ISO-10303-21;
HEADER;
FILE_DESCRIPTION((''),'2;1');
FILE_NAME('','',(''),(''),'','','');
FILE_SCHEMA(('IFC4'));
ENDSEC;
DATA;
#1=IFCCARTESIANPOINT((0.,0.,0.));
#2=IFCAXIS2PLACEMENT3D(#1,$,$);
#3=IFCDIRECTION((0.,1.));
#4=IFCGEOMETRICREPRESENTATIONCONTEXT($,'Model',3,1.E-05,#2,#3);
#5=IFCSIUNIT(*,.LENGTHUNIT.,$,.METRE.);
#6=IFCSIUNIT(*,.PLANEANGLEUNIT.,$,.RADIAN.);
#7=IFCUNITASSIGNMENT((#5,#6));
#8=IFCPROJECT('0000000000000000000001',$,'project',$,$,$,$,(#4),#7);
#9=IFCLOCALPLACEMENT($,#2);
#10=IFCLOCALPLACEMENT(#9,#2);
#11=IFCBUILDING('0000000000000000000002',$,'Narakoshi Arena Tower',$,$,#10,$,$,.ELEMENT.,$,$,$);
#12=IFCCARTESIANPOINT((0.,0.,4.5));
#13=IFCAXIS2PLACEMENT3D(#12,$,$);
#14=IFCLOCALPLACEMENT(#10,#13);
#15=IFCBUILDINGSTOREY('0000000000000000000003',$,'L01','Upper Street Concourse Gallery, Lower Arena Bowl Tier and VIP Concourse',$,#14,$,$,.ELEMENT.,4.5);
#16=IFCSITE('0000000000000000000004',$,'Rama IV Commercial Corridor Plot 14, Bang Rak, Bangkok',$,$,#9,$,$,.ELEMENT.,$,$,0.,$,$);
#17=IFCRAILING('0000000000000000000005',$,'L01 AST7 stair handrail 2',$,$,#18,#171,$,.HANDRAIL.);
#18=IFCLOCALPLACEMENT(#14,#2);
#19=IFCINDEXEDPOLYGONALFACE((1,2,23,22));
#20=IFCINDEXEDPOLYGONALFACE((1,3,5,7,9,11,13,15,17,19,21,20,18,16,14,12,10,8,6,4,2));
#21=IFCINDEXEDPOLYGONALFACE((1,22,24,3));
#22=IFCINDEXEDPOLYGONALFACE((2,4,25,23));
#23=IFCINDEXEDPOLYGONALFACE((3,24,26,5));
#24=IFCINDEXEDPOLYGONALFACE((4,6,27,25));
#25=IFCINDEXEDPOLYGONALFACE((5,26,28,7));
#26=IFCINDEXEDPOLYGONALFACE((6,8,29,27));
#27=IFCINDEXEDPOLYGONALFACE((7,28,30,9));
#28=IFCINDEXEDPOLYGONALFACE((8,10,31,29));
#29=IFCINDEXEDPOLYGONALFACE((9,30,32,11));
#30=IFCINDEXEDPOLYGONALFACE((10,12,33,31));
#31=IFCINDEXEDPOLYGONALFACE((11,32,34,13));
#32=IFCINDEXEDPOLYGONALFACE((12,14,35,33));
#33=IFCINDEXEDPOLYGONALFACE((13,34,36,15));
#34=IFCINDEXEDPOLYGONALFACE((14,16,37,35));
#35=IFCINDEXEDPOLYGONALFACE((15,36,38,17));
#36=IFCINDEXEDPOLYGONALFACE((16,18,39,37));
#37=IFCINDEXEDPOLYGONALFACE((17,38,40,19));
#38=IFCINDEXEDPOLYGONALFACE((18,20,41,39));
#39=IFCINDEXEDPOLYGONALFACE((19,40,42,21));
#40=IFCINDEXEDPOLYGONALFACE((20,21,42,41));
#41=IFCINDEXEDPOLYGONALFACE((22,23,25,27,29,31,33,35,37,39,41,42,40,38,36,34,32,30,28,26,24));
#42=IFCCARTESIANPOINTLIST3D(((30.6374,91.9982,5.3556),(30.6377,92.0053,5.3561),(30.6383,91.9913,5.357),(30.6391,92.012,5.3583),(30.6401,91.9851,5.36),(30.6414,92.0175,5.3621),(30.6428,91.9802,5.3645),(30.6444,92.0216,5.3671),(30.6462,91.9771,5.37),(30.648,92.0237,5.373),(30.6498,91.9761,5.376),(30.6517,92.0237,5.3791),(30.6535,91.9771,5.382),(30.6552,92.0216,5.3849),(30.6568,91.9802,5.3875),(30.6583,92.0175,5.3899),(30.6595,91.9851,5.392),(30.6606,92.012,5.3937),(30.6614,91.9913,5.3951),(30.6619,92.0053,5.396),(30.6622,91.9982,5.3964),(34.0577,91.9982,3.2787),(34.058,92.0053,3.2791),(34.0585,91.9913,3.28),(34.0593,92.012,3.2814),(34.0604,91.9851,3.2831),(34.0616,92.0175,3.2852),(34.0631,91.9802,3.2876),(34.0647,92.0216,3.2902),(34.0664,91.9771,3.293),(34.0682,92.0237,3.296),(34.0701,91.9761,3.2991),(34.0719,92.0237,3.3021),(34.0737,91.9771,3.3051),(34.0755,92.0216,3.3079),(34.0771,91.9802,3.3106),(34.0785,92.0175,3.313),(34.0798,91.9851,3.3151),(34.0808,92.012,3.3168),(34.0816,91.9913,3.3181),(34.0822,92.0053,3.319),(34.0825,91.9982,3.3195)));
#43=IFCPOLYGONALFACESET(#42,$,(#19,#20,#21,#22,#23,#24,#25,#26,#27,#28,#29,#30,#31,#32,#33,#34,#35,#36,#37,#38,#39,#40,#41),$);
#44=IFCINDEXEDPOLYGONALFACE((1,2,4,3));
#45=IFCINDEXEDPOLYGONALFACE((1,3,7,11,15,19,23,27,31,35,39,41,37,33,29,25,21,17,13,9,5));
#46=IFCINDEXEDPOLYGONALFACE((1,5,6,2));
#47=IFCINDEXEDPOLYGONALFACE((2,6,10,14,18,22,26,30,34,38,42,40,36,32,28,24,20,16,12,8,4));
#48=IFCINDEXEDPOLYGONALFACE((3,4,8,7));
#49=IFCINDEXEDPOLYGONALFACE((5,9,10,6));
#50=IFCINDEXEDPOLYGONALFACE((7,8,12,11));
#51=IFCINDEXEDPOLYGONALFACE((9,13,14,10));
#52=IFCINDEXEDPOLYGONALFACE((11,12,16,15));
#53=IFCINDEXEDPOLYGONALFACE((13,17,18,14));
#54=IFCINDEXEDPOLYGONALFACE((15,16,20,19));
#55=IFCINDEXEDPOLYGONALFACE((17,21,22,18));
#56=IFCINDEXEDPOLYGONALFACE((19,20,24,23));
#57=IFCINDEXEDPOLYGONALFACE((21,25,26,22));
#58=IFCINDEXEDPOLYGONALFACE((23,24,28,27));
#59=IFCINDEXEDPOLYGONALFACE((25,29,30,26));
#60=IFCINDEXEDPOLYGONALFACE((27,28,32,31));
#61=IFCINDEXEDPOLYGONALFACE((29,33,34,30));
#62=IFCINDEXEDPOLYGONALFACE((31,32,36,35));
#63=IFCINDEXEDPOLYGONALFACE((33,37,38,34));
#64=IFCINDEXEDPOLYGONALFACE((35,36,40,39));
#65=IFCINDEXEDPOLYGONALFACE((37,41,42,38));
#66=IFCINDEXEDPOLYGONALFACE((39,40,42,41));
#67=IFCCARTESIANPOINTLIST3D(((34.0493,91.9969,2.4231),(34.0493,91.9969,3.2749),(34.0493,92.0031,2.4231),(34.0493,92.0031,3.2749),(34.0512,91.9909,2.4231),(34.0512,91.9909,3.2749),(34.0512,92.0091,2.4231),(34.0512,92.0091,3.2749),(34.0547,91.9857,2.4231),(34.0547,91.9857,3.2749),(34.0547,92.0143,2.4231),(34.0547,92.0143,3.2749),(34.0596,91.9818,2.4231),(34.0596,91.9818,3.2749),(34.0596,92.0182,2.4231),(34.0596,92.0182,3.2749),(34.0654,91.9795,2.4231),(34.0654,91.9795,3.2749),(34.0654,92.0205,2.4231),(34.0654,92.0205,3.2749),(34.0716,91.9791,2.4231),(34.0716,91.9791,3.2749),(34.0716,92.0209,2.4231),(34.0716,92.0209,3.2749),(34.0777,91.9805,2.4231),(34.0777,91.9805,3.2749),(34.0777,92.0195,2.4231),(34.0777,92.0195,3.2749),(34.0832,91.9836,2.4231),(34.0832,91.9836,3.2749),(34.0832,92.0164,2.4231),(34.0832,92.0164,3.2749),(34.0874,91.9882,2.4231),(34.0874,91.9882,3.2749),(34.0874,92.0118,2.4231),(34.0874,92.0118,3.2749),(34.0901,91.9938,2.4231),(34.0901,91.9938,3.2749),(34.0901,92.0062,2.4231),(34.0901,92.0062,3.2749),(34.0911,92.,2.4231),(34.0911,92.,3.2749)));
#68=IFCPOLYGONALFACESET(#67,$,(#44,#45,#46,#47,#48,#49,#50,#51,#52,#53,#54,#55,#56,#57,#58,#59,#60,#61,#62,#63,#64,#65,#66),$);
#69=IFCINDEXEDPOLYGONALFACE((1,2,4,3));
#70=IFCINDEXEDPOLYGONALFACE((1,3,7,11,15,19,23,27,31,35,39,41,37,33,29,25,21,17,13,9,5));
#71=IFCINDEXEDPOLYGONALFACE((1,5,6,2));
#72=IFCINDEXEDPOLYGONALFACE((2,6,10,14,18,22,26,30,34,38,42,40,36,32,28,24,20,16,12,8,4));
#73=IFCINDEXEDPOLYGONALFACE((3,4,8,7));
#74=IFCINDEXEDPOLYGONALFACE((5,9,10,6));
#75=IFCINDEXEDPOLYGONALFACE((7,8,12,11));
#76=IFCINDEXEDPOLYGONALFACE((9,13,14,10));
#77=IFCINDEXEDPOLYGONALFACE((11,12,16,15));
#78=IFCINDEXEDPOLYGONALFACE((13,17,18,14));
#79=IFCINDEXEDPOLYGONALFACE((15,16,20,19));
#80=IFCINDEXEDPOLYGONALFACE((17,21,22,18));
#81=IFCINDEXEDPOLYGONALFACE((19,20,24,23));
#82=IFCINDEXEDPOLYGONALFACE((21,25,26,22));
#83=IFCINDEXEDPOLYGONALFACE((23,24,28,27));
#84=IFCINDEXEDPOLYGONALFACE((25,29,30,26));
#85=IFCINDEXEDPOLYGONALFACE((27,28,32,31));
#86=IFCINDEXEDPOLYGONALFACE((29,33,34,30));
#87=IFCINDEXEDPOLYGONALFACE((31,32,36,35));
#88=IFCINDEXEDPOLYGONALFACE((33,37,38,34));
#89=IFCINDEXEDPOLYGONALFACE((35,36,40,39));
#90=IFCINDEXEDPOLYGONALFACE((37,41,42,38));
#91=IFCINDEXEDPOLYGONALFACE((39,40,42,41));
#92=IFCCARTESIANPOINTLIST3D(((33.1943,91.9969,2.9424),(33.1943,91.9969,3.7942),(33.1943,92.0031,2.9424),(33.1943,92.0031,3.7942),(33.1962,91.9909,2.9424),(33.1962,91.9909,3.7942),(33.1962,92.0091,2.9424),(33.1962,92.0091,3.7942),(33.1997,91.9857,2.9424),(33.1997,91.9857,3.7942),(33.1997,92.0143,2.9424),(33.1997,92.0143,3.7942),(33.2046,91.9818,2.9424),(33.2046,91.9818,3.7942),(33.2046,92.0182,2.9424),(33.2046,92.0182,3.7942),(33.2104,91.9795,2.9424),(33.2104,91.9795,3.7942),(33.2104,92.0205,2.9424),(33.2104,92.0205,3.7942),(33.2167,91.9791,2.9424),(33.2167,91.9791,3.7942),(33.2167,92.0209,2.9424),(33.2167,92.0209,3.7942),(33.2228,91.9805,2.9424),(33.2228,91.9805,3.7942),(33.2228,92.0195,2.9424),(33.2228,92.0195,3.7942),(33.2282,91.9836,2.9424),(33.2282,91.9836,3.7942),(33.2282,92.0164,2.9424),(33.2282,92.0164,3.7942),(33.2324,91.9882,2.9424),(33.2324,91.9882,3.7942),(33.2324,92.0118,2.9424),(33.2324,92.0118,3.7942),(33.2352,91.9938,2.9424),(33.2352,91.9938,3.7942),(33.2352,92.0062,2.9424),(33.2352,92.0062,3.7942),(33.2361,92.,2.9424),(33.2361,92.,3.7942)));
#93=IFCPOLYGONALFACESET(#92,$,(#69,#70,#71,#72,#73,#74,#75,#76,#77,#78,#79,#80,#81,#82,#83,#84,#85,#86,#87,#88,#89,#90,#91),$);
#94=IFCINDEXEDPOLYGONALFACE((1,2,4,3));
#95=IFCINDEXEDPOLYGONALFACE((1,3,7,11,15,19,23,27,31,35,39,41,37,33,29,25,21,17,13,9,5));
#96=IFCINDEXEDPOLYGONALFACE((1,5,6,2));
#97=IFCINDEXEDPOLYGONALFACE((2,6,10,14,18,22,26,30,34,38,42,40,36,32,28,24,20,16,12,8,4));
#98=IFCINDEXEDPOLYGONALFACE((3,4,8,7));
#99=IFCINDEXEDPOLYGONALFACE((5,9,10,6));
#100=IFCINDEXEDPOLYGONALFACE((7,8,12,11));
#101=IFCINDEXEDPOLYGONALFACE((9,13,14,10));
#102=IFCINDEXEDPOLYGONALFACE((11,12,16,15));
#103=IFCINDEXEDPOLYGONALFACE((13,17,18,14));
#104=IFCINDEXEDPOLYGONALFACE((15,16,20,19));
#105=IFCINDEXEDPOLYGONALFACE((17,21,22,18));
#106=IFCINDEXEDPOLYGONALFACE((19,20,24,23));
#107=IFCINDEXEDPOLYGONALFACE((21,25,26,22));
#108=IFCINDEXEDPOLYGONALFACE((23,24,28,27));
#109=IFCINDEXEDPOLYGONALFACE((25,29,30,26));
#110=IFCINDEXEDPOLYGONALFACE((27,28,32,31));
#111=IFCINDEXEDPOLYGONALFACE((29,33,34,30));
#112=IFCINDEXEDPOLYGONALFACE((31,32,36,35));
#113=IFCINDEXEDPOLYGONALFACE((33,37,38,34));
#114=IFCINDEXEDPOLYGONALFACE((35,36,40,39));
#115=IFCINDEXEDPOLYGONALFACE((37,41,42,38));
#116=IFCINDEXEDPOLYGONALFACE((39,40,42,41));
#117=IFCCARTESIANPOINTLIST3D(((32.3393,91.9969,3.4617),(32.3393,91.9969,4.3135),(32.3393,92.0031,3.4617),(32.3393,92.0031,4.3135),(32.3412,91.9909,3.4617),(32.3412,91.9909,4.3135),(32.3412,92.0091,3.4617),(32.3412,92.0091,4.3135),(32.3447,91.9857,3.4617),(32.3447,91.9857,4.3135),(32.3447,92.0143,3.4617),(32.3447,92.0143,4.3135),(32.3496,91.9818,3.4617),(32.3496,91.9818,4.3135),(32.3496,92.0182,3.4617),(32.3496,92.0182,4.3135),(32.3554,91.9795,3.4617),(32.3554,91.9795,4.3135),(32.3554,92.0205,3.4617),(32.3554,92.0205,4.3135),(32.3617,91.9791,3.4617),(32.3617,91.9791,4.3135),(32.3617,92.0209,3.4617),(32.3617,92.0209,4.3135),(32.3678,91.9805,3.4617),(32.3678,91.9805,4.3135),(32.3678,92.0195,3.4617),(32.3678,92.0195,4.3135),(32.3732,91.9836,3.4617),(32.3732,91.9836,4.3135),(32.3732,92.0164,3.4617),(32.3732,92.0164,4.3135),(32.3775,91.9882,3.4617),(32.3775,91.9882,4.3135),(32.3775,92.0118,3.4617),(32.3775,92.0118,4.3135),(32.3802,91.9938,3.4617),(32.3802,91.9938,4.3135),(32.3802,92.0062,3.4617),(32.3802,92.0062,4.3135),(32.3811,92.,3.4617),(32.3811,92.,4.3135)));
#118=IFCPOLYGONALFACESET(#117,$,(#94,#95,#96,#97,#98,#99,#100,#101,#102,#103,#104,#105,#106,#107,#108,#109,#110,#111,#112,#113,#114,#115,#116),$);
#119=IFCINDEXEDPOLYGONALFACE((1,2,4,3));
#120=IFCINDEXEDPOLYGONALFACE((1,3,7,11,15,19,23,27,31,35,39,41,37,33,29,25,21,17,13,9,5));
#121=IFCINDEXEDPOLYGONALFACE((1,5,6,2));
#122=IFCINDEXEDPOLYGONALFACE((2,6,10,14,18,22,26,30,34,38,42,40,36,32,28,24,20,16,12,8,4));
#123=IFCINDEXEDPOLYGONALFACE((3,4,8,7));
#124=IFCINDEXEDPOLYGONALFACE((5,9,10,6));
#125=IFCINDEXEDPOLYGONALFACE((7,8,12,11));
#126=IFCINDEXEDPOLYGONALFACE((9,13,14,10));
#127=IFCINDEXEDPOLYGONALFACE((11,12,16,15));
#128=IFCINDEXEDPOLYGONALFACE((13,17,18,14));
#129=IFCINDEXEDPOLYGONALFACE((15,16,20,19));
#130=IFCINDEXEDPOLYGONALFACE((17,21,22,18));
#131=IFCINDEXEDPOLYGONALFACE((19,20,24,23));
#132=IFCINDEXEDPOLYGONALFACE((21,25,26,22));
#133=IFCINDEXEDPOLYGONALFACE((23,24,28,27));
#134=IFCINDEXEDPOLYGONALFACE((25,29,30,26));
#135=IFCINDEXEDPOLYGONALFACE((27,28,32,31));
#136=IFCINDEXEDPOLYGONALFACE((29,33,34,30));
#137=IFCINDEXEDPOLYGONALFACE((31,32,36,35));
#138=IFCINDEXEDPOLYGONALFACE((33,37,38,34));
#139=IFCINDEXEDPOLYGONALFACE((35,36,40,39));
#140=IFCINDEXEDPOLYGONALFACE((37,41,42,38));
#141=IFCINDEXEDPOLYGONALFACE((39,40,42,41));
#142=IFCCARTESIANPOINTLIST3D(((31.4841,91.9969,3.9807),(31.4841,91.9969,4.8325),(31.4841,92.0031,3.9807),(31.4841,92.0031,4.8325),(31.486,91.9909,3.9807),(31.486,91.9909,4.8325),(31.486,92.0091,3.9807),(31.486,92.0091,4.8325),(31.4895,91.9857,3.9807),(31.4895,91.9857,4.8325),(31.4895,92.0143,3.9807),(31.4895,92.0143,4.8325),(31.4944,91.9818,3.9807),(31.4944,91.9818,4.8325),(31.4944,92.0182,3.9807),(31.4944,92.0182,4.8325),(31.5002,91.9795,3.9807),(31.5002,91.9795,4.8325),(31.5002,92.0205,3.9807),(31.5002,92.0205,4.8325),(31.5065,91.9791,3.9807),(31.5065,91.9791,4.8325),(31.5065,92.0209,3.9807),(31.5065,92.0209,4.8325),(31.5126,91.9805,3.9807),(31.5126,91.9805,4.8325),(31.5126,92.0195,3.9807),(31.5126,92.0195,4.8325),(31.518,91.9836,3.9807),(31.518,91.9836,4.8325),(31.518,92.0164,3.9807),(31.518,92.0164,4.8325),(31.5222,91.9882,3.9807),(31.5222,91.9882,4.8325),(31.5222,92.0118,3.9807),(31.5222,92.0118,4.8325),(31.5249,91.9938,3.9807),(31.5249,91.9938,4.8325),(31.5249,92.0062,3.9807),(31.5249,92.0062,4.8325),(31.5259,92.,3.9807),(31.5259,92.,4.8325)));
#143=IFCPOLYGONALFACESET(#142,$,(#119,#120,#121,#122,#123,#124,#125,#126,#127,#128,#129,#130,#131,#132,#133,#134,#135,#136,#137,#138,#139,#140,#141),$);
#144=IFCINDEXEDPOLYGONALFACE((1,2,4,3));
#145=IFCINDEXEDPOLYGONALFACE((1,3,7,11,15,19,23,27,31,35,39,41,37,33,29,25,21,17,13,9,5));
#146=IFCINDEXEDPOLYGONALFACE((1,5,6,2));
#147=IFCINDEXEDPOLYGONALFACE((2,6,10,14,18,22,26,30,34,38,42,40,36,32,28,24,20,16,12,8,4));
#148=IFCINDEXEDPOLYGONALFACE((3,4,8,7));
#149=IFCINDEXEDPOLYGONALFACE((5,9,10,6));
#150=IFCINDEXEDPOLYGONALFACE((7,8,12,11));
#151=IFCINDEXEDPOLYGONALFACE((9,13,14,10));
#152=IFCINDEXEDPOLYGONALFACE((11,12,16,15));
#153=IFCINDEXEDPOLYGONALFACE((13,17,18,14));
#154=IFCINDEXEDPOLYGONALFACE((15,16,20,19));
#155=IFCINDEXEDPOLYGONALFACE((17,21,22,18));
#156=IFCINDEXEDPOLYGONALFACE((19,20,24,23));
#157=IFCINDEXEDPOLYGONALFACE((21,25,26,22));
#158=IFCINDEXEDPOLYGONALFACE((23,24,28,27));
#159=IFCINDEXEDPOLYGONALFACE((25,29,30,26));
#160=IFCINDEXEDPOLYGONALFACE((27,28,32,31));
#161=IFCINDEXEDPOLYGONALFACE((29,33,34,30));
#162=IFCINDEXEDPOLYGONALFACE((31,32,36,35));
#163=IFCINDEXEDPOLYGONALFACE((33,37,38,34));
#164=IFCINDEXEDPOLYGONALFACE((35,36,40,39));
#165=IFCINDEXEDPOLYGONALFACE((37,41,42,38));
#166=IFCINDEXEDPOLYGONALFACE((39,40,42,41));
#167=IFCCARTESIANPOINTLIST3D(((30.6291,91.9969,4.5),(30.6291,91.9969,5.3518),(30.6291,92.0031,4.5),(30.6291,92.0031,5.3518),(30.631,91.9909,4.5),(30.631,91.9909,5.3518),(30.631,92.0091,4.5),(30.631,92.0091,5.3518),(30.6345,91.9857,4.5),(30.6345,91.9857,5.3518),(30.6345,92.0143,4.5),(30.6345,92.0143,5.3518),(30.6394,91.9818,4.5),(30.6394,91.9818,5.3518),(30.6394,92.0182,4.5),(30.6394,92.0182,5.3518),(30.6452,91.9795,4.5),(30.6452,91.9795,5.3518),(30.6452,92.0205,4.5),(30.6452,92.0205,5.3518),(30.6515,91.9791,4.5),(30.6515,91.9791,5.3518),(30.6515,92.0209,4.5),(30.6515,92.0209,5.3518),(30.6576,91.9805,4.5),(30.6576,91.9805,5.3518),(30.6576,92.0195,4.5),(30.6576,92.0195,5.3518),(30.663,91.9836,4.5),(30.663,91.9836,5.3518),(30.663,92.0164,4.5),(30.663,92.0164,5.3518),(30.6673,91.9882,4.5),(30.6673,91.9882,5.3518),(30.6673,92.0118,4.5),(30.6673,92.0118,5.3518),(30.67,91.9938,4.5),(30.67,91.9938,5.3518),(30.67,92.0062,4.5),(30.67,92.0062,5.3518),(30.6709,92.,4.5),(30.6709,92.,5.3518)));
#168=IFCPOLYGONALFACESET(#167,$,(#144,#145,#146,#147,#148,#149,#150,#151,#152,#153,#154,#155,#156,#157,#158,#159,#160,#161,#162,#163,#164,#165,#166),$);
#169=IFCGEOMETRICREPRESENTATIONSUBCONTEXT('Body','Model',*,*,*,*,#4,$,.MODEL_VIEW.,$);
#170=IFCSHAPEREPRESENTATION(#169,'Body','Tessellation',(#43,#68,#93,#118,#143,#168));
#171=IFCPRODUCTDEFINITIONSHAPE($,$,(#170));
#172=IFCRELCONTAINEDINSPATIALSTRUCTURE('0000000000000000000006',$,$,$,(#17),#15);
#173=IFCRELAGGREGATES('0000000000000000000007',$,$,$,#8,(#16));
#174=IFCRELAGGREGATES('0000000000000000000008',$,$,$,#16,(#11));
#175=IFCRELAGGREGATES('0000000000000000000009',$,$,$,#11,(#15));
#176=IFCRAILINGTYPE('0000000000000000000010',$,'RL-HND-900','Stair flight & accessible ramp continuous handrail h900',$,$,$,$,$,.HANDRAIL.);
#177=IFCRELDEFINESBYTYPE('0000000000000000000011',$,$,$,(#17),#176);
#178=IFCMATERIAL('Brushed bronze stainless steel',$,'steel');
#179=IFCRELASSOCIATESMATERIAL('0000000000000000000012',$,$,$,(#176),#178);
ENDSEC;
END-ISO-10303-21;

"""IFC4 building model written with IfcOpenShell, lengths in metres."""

from ifc_helpers import new_model, si_unit, direction, frame, origin, origin_2d, place, context, subcontext, project, spatial, circle, extrude, material, type_object, element, save


model = new_model("IFC4")

# Units and contexts
model_context = context("Model", 3, precision=1e-05, world=origin(), true_north=direction((0.0, 1.0)))
body_context = subcontext(model_context, "Body", "Model", "MODEL_VIEW")
ifc_project = project(units=[si_unit("LENGTHUNIT", "METRE"), si_unit("PLANEANGLEUNIT", "RADIAN")], contexts=[model_context])

# Site, building, storey
site_placement = place(None, origin())
site = spatial("IfcSite", under=ifc_project, at=site_placement, Name="Rama IV Commercial Corridor Plot 14, Bang Rak, Bangkok", CompositionType="ELEMENT", RefElevation=0.0)
building_placement = place(site_placement, origin())
building = spatial("IfcBuilding", under=site, at=building_placement, Name="Narakoshi Arena Tower", CompositionType="ELEMENT")
storey_placement = place(building_placement, frame((0.0, 0.0, 4.5)))
storey = spatial("IfcBuildingStorey", under=building, at=storey_placement, Name="L01", Description="Upper Street Concourse Gallery, Lower Arena Bowl Tier and VIP Concourse", CompositionType="ELEMENT", Elevation=4.5)

# Railing
ifc_material_1 = material(Name="Brushed bronze stainless steel", Category="steel")
railing_type_1 = type_object("IfcRailingType", Name="RL-HND-900", Description="Stair flight & accessible ramp continuous handrail h900", PredefinedType="HANDRAIL", material=ifc_material_1)
railing_1_placement = place(storey_placement, frame((34.0701, 92.0, 2.4231)))
element("IfcRailing", 1, at=railing_1_placement, inside=storey, type_object=railing_type_1, Name="L01 AST7 stair handrail 2", PredefinedType="HANDRAIL", context=body_context, shape_type="SweptSolid", body=[
    extrude(circle(Radius=0.0239, at=origin_2d()), frame((0.0, 0.0, 0.876), z_axis=(-0.854746, 0.0, 0.519047), x_axis=(0.0, -1.0, 0.0)), (0.0, 0.0, 1.0), 4.0015),
    extrude(circle(Radius=0.021, at=origin_2d()), origin(), (0.0, 0.0, 1.0), 0.8518),
    extrude(circle(Radius=0.021, at=origin_2d()), frame((-0.855, 0.0, 0.5193)), (0.0, 0.0, 1.0), 0.8518),
    extrude(circle(Radius=0.021, at=origin_2d()), frame((-1.71, 0.0, 1.0386)), (0.0, 0.0, 1.0), 0.8518),
    extrude(circle(Radius=0.021, at=origin_2d()), frame((-2.5652, 0.0, 1.5576)), (0.0, 0.0, 1.0), 0.8518),
    extrude(circle(Radius=0.021, at=origin_2d()), frame((-3.4202, 0.0, 2.0769)), (0.0, 0.0, 1.0), 0.8518),
])

save(model, "model.ifc")
